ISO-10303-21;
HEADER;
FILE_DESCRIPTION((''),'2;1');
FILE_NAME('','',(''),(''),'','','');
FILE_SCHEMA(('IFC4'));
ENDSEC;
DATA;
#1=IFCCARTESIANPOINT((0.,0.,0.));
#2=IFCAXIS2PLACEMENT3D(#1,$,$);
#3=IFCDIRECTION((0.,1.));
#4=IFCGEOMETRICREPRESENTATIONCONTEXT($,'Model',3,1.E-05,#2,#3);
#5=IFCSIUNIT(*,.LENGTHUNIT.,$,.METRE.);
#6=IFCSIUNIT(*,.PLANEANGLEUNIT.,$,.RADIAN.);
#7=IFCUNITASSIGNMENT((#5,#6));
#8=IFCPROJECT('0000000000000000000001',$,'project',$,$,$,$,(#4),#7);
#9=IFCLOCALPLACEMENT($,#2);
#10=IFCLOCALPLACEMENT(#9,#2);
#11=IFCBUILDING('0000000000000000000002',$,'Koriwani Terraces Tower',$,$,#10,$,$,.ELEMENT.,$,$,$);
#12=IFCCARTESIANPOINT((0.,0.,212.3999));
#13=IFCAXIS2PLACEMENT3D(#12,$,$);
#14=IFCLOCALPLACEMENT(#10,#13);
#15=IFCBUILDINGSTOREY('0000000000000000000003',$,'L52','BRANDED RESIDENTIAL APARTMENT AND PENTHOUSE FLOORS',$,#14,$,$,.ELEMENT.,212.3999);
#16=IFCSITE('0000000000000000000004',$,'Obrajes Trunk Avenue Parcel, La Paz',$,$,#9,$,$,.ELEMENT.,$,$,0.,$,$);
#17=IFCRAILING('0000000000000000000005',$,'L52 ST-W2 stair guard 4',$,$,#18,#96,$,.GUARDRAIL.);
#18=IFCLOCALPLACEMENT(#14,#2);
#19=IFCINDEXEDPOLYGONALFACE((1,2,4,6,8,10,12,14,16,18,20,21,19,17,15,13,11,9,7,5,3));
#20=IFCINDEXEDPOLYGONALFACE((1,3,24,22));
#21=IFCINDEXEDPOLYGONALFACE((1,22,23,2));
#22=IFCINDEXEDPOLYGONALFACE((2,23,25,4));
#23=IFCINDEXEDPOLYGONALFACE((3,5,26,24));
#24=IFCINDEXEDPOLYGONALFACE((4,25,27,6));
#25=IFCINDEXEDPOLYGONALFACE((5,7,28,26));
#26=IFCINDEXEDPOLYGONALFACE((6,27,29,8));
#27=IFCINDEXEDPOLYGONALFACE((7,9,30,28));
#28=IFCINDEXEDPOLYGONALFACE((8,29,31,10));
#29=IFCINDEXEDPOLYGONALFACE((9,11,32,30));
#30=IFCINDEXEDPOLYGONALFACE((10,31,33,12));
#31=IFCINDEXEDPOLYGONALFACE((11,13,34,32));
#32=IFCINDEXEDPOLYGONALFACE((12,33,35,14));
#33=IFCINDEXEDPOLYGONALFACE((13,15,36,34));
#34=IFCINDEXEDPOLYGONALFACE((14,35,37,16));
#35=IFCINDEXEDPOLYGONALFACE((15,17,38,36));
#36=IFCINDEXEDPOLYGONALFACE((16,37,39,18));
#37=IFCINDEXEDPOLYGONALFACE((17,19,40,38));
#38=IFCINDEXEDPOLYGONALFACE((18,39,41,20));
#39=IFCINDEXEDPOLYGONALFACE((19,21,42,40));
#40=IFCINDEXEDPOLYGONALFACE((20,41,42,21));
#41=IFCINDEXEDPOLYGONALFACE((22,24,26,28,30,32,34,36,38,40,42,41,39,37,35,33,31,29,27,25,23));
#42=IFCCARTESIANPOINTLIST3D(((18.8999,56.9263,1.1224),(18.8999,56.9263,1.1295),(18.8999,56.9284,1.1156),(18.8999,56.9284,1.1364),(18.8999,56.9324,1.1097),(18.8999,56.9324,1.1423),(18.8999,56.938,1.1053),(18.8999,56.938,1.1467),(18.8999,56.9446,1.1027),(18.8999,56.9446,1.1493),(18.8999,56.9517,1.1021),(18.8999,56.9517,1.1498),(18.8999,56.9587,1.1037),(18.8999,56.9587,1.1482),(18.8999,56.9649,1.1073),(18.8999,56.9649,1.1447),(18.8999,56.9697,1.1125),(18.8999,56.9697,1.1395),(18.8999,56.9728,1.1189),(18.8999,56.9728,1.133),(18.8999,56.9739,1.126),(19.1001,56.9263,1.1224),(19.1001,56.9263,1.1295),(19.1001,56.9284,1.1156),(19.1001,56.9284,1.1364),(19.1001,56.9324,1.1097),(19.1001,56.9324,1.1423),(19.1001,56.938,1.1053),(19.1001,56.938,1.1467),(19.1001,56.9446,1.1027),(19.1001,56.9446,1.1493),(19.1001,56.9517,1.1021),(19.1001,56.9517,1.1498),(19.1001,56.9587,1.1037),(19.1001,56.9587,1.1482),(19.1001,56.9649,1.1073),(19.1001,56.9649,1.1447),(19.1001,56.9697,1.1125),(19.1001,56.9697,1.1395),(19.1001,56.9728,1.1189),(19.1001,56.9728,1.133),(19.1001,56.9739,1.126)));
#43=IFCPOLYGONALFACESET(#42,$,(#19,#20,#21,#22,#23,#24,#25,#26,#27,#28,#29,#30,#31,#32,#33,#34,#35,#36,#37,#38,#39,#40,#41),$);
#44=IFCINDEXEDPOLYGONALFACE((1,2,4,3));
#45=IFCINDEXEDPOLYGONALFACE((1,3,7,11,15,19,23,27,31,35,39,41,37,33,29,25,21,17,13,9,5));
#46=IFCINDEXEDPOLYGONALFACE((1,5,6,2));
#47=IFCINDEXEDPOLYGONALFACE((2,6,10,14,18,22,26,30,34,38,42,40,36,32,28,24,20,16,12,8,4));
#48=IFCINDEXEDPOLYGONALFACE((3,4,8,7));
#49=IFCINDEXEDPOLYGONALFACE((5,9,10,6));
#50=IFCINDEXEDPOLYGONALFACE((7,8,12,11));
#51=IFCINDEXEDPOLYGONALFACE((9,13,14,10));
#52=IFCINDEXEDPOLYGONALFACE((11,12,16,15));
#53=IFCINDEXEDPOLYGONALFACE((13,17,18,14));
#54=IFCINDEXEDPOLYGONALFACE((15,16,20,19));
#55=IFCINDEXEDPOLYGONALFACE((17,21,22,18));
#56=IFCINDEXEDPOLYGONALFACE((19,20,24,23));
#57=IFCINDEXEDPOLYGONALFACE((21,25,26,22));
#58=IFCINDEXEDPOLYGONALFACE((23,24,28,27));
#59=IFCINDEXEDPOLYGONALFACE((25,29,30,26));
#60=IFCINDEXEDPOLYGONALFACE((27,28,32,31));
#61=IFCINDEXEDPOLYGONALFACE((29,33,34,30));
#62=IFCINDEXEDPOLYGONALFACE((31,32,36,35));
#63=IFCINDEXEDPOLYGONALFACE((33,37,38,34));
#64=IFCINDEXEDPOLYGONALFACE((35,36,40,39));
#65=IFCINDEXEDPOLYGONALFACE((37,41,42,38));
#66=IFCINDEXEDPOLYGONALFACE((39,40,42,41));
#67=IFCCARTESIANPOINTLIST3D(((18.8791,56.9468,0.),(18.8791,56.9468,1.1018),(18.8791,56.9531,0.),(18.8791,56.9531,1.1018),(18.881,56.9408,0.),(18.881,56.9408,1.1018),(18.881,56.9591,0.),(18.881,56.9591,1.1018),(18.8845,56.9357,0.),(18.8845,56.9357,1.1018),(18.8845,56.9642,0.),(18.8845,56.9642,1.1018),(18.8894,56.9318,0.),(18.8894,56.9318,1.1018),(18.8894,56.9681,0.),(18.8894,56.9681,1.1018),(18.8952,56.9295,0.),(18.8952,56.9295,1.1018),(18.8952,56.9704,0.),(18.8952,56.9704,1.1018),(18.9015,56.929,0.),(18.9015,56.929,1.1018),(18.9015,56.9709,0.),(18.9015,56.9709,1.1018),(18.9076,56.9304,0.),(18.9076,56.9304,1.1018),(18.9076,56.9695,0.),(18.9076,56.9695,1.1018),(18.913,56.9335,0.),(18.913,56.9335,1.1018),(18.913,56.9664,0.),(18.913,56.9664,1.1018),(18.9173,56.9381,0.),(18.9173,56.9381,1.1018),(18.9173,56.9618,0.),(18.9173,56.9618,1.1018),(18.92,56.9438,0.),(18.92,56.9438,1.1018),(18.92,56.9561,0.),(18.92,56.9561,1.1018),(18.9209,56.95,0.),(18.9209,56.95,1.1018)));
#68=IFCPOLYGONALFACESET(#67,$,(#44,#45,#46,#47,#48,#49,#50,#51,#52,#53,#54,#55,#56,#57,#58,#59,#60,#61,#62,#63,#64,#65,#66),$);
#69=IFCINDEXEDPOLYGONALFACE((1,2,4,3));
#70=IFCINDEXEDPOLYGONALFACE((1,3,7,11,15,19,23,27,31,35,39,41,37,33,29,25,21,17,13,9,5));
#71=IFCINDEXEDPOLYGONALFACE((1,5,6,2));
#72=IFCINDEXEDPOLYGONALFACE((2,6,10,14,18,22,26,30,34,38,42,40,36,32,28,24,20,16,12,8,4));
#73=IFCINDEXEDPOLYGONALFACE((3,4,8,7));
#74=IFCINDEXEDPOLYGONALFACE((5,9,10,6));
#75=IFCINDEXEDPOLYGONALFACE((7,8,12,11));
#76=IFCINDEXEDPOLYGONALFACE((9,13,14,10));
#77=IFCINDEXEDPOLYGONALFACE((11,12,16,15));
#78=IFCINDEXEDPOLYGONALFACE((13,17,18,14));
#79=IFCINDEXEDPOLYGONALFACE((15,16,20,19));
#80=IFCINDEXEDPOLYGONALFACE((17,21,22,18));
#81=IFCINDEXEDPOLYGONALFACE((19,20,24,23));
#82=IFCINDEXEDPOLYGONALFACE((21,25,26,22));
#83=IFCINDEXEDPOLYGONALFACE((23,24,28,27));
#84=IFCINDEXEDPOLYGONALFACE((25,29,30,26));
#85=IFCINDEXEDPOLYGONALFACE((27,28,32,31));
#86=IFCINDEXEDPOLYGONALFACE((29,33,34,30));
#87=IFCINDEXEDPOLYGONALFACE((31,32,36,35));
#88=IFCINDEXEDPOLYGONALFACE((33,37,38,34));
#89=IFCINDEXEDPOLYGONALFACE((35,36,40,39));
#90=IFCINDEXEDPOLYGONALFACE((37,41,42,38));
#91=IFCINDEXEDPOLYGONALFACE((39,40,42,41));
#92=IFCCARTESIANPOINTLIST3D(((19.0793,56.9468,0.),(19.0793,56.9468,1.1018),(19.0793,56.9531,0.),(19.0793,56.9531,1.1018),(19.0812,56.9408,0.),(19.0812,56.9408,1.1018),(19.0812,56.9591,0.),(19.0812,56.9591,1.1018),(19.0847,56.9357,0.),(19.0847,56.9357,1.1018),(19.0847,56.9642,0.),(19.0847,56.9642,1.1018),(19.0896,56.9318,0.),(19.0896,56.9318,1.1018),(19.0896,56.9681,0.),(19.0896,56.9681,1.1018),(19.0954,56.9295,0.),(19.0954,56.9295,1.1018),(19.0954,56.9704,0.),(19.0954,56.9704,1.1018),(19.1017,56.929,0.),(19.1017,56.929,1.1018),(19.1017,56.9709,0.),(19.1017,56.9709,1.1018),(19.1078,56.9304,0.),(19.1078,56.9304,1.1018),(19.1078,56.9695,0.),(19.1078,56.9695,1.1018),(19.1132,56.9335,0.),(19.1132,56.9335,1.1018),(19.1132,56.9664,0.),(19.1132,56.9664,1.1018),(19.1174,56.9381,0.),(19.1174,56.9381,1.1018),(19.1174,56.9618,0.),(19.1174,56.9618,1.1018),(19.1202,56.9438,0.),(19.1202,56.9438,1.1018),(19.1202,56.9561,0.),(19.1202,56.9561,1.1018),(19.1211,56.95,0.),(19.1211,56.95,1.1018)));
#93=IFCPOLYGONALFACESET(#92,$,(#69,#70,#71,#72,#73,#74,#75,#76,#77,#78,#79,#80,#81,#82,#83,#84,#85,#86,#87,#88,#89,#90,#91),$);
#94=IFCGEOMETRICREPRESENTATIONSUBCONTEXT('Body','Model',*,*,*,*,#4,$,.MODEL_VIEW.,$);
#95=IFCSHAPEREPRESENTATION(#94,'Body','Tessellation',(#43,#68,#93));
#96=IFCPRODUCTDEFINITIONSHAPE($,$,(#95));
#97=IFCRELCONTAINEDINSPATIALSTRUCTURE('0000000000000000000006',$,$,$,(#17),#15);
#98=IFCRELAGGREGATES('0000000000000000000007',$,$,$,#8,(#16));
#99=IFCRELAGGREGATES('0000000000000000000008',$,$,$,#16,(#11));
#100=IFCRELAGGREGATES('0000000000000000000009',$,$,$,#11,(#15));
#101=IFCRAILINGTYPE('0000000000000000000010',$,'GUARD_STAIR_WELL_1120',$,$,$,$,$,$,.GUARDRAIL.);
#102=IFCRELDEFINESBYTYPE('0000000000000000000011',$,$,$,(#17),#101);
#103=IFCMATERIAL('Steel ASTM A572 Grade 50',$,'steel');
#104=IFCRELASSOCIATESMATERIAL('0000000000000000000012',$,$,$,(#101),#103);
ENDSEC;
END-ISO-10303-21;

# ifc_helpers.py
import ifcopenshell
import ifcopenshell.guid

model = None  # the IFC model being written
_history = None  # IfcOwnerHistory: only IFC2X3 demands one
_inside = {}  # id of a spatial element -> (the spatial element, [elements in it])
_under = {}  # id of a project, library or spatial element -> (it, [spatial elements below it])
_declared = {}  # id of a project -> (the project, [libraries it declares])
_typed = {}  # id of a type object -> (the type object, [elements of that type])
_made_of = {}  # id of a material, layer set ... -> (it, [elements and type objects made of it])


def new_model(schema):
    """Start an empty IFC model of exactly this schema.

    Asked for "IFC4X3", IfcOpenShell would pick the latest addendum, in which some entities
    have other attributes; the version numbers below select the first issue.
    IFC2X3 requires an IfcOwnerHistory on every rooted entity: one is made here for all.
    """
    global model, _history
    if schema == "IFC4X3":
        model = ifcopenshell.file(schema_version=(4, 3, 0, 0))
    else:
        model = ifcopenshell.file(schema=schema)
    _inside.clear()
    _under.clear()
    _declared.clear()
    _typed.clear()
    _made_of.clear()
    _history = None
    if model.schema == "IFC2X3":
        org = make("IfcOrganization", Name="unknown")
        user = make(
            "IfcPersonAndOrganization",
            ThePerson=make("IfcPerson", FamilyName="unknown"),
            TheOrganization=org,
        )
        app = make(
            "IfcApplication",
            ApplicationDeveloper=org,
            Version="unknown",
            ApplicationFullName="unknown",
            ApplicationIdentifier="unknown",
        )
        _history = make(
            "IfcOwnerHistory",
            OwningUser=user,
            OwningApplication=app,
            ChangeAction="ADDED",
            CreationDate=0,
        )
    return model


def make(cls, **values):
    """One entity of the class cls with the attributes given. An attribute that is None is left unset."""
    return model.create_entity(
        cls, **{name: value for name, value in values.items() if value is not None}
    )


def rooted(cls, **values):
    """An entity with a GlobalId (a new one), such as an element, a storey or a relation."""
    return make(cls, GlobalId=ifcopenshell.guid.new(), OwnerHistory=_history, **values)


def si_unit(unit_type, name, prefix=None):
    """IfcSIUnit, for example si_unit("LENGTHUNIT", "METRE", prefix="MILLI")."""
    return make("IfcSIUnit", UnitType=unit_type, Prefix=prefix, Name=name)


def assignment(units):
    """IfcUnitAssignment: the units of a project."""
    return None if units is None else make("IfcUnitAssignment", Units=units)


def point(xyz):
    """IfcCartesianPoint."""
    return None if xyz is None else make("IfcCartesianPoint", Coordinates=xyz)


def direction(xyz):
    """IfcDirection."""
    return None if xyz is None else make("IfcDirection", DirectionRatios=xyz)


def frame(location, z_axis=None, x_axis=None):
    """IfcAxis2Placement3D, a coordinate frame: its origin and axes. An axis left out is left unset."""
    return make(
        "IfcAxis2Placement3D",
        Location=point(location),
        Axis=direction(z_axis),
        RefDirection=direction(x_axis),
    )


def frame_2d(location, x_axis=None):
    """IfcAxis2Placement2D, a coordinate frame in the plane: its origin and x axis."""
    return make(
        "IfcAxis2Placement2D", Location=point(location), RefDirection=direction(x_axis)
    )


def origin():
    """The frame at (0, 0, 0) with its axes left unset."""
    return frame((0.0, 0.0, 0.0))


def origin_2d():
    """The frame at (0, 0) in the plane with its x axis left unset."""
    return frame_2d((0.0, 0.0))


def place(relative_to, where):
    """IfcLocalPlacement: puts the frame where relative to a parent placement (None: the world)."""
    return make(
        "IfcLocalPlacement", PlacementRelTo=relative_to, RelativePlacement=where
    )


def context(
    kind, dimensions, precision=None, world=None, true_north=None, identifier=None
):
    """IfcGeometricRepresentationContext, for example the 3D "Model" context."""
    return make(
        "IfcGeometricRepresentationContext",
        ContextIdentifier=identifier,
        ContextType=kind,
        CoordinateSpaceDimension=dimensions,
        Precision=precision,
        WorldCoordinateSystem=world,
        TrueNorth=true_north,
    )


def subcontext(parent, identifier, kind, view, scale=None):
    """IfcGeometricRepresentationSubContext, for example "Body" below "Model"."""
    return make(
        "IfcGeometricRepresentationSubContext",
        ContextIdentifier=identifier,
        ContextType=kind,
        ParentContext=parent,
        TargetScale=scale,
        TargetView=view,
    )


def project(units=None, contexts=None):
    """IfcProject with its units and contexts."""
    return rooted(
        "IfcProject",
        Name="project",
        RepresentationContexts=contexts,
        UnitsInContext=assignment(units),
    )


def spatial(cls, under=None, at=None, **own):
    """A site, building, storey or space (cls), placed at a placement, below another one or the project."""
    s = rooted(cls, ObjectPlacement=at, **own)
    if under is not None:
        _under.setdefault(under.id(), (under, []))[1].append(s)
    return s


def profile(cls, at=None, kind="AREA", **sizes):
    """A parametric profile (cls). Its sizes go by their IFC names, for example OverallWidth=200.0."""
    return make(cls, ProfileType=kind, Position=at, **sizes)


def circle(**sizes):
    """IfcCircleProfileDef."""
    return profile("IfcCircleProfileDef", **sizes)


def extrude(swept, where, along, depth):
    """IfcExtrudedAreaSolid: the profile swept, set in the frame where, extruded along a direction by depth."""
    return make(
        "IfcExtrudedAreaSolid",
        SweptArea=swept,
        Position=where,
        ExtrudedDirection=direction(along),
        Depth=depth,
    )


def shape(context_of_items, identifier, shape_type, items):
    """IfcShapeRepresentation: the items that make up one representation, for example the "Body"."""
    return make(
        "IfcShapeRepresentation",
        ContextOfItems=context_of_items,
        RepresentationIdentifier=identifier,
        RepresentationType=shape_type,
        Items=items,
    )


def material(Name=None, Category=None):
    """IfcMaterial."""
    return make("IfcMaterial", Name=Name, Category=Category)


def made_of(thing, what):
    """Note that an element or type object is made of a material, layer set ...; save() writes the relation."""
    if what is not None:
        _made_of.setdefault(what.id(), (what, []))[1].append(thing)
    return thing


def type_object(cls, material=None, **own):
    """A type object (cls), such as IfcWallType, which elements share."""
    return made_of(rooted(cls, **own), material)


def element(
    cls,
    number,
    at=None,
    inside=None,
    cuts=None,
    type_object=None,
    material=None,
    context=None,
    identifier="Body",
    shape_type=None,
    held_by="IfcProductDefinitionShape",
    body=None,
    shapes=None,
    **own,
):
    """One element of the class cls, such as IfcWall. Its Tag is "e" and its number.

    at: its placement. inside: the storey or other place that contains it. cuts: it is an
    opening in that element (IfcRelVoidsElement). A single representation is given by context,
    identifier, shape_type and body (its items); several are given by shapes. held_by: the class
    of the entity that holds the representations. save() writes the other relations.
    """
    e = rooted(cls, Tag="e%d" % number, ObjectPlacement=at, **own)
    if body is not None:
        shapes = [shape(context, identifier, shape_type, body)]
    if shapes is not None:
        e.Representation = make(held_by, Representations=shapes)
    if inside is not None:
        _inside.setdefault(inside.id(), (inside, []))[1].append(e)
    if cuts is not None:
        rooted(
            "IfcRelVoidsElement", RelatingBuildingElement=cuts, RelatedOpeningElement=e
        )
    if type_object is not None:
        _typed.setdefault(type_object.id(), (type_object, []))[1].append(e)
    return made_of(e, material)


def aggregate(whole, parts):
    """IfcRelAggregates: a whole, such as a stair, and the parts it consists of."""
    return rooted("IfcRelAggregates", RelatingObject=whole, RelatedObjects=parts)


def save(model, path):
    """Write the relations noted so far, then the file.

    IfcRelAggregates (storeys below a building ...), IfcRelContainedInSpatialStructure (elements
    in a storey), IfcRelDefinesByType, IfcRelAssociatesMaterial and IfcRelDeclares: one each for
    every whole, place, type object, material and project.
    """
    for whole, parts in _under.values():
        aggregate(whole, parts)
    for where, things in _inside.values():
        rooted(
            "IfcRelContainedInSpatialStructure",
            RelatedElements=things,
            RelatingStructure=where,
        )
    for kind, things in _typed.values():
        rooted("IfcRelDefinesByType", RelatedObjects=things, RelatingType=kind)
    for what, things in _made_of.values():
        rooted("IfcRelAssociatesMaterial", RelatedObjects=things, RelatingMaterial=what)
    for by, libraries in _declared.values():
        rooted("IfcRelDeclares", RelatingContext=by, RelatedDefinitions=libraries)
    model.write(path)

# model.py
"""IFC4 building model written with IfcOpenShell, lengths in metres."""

from ifc_helpers import new_model, si_unit, direction, frame, origin, origin_2d, place, context, subcontext, project, spatial, circle, extrude, material, type_object, element, save


model = new_model("IFC4")

# Units and contexts
model_context = context("Model", 3, precision=1e-05, world=origin(), true_north=direction((0.0, 1.0)))
body_context = subcontext(model_context, "Body", "Model", "MODEL_VIEW")
ifc_project = project(units=[si_unit("LENGTHUNIT", "METRE"), si_unit("PLANEANGLEUNIT", "RADIAN")], contexts=[model_context])

# Site, building, storey
site_placement = place(None, origin())
site = spatial("IfcSite", under=ifc_project, at=site_placement, Name="Obrajes Trunk Avenue Parcel, La Paz", CompositionType="ELEMENT", RefElevation=0.0)
building_placement = place(site_placement, origin())
building = spatial("IfcBuilding", under=site, at=building_placement, Name="Koriwani Terraces Tower", CompositionType="ELEMENT")
storey_placement = place(building_placement, frame((0.0, 0.0, 212.3999)))
storey = spatial("IfcBuildingStorey", under=building, at=storey_placement, Name="L52", Description="BRANDED RESIDENTIAL APARTMENT AND PENTHOUSE FLOORS", CompositionType="ELEMENT", Elevation=212.3999)

# Shared definitions
ifc_material_1 = material(Name="Steel ASTM A572 Grade 50", Category="steel")

# Railing
railing_type_1 = type_object("IfcRailingType", Name="GUARD_STAIR_WELL_1120", PredefinedType="GUARDRAIL", material=ifc_material_1)
railing_1_placement = place(storey_placement, frame((18.8999, 56.95, 0.0)))
element("IfcRailing", 1, at=railing_1_placement, inside=storey, type_object=railing_type_1, Name="L52 ST-W2 stair guard 4", PredefinedType="GUARDRAIL", context=body_context, shape_type="SweptSolid", body=[
    extrude(circle(Radius=0.0239, at=origin_2d()), frame((0.0, 0.0, 1.126), z_axis=(1.0, 0.0, 0.0), x_axis=(0.0, 1.0, 0.0)), (0.0, 0.0, 1.0), 0.2002),
    extrude(circle(Radius=0.021, at=origin_2d()), origin(), (0.0, 0.0, 1.0), 1.1018),
    extrude(circle(Radius=0.021, at=origin_2d()), frame((0.2002, 0.0, 0.0)), (0.0, 0.0, 1.0), 1.1018),
])

save(model, "model.ifc")
